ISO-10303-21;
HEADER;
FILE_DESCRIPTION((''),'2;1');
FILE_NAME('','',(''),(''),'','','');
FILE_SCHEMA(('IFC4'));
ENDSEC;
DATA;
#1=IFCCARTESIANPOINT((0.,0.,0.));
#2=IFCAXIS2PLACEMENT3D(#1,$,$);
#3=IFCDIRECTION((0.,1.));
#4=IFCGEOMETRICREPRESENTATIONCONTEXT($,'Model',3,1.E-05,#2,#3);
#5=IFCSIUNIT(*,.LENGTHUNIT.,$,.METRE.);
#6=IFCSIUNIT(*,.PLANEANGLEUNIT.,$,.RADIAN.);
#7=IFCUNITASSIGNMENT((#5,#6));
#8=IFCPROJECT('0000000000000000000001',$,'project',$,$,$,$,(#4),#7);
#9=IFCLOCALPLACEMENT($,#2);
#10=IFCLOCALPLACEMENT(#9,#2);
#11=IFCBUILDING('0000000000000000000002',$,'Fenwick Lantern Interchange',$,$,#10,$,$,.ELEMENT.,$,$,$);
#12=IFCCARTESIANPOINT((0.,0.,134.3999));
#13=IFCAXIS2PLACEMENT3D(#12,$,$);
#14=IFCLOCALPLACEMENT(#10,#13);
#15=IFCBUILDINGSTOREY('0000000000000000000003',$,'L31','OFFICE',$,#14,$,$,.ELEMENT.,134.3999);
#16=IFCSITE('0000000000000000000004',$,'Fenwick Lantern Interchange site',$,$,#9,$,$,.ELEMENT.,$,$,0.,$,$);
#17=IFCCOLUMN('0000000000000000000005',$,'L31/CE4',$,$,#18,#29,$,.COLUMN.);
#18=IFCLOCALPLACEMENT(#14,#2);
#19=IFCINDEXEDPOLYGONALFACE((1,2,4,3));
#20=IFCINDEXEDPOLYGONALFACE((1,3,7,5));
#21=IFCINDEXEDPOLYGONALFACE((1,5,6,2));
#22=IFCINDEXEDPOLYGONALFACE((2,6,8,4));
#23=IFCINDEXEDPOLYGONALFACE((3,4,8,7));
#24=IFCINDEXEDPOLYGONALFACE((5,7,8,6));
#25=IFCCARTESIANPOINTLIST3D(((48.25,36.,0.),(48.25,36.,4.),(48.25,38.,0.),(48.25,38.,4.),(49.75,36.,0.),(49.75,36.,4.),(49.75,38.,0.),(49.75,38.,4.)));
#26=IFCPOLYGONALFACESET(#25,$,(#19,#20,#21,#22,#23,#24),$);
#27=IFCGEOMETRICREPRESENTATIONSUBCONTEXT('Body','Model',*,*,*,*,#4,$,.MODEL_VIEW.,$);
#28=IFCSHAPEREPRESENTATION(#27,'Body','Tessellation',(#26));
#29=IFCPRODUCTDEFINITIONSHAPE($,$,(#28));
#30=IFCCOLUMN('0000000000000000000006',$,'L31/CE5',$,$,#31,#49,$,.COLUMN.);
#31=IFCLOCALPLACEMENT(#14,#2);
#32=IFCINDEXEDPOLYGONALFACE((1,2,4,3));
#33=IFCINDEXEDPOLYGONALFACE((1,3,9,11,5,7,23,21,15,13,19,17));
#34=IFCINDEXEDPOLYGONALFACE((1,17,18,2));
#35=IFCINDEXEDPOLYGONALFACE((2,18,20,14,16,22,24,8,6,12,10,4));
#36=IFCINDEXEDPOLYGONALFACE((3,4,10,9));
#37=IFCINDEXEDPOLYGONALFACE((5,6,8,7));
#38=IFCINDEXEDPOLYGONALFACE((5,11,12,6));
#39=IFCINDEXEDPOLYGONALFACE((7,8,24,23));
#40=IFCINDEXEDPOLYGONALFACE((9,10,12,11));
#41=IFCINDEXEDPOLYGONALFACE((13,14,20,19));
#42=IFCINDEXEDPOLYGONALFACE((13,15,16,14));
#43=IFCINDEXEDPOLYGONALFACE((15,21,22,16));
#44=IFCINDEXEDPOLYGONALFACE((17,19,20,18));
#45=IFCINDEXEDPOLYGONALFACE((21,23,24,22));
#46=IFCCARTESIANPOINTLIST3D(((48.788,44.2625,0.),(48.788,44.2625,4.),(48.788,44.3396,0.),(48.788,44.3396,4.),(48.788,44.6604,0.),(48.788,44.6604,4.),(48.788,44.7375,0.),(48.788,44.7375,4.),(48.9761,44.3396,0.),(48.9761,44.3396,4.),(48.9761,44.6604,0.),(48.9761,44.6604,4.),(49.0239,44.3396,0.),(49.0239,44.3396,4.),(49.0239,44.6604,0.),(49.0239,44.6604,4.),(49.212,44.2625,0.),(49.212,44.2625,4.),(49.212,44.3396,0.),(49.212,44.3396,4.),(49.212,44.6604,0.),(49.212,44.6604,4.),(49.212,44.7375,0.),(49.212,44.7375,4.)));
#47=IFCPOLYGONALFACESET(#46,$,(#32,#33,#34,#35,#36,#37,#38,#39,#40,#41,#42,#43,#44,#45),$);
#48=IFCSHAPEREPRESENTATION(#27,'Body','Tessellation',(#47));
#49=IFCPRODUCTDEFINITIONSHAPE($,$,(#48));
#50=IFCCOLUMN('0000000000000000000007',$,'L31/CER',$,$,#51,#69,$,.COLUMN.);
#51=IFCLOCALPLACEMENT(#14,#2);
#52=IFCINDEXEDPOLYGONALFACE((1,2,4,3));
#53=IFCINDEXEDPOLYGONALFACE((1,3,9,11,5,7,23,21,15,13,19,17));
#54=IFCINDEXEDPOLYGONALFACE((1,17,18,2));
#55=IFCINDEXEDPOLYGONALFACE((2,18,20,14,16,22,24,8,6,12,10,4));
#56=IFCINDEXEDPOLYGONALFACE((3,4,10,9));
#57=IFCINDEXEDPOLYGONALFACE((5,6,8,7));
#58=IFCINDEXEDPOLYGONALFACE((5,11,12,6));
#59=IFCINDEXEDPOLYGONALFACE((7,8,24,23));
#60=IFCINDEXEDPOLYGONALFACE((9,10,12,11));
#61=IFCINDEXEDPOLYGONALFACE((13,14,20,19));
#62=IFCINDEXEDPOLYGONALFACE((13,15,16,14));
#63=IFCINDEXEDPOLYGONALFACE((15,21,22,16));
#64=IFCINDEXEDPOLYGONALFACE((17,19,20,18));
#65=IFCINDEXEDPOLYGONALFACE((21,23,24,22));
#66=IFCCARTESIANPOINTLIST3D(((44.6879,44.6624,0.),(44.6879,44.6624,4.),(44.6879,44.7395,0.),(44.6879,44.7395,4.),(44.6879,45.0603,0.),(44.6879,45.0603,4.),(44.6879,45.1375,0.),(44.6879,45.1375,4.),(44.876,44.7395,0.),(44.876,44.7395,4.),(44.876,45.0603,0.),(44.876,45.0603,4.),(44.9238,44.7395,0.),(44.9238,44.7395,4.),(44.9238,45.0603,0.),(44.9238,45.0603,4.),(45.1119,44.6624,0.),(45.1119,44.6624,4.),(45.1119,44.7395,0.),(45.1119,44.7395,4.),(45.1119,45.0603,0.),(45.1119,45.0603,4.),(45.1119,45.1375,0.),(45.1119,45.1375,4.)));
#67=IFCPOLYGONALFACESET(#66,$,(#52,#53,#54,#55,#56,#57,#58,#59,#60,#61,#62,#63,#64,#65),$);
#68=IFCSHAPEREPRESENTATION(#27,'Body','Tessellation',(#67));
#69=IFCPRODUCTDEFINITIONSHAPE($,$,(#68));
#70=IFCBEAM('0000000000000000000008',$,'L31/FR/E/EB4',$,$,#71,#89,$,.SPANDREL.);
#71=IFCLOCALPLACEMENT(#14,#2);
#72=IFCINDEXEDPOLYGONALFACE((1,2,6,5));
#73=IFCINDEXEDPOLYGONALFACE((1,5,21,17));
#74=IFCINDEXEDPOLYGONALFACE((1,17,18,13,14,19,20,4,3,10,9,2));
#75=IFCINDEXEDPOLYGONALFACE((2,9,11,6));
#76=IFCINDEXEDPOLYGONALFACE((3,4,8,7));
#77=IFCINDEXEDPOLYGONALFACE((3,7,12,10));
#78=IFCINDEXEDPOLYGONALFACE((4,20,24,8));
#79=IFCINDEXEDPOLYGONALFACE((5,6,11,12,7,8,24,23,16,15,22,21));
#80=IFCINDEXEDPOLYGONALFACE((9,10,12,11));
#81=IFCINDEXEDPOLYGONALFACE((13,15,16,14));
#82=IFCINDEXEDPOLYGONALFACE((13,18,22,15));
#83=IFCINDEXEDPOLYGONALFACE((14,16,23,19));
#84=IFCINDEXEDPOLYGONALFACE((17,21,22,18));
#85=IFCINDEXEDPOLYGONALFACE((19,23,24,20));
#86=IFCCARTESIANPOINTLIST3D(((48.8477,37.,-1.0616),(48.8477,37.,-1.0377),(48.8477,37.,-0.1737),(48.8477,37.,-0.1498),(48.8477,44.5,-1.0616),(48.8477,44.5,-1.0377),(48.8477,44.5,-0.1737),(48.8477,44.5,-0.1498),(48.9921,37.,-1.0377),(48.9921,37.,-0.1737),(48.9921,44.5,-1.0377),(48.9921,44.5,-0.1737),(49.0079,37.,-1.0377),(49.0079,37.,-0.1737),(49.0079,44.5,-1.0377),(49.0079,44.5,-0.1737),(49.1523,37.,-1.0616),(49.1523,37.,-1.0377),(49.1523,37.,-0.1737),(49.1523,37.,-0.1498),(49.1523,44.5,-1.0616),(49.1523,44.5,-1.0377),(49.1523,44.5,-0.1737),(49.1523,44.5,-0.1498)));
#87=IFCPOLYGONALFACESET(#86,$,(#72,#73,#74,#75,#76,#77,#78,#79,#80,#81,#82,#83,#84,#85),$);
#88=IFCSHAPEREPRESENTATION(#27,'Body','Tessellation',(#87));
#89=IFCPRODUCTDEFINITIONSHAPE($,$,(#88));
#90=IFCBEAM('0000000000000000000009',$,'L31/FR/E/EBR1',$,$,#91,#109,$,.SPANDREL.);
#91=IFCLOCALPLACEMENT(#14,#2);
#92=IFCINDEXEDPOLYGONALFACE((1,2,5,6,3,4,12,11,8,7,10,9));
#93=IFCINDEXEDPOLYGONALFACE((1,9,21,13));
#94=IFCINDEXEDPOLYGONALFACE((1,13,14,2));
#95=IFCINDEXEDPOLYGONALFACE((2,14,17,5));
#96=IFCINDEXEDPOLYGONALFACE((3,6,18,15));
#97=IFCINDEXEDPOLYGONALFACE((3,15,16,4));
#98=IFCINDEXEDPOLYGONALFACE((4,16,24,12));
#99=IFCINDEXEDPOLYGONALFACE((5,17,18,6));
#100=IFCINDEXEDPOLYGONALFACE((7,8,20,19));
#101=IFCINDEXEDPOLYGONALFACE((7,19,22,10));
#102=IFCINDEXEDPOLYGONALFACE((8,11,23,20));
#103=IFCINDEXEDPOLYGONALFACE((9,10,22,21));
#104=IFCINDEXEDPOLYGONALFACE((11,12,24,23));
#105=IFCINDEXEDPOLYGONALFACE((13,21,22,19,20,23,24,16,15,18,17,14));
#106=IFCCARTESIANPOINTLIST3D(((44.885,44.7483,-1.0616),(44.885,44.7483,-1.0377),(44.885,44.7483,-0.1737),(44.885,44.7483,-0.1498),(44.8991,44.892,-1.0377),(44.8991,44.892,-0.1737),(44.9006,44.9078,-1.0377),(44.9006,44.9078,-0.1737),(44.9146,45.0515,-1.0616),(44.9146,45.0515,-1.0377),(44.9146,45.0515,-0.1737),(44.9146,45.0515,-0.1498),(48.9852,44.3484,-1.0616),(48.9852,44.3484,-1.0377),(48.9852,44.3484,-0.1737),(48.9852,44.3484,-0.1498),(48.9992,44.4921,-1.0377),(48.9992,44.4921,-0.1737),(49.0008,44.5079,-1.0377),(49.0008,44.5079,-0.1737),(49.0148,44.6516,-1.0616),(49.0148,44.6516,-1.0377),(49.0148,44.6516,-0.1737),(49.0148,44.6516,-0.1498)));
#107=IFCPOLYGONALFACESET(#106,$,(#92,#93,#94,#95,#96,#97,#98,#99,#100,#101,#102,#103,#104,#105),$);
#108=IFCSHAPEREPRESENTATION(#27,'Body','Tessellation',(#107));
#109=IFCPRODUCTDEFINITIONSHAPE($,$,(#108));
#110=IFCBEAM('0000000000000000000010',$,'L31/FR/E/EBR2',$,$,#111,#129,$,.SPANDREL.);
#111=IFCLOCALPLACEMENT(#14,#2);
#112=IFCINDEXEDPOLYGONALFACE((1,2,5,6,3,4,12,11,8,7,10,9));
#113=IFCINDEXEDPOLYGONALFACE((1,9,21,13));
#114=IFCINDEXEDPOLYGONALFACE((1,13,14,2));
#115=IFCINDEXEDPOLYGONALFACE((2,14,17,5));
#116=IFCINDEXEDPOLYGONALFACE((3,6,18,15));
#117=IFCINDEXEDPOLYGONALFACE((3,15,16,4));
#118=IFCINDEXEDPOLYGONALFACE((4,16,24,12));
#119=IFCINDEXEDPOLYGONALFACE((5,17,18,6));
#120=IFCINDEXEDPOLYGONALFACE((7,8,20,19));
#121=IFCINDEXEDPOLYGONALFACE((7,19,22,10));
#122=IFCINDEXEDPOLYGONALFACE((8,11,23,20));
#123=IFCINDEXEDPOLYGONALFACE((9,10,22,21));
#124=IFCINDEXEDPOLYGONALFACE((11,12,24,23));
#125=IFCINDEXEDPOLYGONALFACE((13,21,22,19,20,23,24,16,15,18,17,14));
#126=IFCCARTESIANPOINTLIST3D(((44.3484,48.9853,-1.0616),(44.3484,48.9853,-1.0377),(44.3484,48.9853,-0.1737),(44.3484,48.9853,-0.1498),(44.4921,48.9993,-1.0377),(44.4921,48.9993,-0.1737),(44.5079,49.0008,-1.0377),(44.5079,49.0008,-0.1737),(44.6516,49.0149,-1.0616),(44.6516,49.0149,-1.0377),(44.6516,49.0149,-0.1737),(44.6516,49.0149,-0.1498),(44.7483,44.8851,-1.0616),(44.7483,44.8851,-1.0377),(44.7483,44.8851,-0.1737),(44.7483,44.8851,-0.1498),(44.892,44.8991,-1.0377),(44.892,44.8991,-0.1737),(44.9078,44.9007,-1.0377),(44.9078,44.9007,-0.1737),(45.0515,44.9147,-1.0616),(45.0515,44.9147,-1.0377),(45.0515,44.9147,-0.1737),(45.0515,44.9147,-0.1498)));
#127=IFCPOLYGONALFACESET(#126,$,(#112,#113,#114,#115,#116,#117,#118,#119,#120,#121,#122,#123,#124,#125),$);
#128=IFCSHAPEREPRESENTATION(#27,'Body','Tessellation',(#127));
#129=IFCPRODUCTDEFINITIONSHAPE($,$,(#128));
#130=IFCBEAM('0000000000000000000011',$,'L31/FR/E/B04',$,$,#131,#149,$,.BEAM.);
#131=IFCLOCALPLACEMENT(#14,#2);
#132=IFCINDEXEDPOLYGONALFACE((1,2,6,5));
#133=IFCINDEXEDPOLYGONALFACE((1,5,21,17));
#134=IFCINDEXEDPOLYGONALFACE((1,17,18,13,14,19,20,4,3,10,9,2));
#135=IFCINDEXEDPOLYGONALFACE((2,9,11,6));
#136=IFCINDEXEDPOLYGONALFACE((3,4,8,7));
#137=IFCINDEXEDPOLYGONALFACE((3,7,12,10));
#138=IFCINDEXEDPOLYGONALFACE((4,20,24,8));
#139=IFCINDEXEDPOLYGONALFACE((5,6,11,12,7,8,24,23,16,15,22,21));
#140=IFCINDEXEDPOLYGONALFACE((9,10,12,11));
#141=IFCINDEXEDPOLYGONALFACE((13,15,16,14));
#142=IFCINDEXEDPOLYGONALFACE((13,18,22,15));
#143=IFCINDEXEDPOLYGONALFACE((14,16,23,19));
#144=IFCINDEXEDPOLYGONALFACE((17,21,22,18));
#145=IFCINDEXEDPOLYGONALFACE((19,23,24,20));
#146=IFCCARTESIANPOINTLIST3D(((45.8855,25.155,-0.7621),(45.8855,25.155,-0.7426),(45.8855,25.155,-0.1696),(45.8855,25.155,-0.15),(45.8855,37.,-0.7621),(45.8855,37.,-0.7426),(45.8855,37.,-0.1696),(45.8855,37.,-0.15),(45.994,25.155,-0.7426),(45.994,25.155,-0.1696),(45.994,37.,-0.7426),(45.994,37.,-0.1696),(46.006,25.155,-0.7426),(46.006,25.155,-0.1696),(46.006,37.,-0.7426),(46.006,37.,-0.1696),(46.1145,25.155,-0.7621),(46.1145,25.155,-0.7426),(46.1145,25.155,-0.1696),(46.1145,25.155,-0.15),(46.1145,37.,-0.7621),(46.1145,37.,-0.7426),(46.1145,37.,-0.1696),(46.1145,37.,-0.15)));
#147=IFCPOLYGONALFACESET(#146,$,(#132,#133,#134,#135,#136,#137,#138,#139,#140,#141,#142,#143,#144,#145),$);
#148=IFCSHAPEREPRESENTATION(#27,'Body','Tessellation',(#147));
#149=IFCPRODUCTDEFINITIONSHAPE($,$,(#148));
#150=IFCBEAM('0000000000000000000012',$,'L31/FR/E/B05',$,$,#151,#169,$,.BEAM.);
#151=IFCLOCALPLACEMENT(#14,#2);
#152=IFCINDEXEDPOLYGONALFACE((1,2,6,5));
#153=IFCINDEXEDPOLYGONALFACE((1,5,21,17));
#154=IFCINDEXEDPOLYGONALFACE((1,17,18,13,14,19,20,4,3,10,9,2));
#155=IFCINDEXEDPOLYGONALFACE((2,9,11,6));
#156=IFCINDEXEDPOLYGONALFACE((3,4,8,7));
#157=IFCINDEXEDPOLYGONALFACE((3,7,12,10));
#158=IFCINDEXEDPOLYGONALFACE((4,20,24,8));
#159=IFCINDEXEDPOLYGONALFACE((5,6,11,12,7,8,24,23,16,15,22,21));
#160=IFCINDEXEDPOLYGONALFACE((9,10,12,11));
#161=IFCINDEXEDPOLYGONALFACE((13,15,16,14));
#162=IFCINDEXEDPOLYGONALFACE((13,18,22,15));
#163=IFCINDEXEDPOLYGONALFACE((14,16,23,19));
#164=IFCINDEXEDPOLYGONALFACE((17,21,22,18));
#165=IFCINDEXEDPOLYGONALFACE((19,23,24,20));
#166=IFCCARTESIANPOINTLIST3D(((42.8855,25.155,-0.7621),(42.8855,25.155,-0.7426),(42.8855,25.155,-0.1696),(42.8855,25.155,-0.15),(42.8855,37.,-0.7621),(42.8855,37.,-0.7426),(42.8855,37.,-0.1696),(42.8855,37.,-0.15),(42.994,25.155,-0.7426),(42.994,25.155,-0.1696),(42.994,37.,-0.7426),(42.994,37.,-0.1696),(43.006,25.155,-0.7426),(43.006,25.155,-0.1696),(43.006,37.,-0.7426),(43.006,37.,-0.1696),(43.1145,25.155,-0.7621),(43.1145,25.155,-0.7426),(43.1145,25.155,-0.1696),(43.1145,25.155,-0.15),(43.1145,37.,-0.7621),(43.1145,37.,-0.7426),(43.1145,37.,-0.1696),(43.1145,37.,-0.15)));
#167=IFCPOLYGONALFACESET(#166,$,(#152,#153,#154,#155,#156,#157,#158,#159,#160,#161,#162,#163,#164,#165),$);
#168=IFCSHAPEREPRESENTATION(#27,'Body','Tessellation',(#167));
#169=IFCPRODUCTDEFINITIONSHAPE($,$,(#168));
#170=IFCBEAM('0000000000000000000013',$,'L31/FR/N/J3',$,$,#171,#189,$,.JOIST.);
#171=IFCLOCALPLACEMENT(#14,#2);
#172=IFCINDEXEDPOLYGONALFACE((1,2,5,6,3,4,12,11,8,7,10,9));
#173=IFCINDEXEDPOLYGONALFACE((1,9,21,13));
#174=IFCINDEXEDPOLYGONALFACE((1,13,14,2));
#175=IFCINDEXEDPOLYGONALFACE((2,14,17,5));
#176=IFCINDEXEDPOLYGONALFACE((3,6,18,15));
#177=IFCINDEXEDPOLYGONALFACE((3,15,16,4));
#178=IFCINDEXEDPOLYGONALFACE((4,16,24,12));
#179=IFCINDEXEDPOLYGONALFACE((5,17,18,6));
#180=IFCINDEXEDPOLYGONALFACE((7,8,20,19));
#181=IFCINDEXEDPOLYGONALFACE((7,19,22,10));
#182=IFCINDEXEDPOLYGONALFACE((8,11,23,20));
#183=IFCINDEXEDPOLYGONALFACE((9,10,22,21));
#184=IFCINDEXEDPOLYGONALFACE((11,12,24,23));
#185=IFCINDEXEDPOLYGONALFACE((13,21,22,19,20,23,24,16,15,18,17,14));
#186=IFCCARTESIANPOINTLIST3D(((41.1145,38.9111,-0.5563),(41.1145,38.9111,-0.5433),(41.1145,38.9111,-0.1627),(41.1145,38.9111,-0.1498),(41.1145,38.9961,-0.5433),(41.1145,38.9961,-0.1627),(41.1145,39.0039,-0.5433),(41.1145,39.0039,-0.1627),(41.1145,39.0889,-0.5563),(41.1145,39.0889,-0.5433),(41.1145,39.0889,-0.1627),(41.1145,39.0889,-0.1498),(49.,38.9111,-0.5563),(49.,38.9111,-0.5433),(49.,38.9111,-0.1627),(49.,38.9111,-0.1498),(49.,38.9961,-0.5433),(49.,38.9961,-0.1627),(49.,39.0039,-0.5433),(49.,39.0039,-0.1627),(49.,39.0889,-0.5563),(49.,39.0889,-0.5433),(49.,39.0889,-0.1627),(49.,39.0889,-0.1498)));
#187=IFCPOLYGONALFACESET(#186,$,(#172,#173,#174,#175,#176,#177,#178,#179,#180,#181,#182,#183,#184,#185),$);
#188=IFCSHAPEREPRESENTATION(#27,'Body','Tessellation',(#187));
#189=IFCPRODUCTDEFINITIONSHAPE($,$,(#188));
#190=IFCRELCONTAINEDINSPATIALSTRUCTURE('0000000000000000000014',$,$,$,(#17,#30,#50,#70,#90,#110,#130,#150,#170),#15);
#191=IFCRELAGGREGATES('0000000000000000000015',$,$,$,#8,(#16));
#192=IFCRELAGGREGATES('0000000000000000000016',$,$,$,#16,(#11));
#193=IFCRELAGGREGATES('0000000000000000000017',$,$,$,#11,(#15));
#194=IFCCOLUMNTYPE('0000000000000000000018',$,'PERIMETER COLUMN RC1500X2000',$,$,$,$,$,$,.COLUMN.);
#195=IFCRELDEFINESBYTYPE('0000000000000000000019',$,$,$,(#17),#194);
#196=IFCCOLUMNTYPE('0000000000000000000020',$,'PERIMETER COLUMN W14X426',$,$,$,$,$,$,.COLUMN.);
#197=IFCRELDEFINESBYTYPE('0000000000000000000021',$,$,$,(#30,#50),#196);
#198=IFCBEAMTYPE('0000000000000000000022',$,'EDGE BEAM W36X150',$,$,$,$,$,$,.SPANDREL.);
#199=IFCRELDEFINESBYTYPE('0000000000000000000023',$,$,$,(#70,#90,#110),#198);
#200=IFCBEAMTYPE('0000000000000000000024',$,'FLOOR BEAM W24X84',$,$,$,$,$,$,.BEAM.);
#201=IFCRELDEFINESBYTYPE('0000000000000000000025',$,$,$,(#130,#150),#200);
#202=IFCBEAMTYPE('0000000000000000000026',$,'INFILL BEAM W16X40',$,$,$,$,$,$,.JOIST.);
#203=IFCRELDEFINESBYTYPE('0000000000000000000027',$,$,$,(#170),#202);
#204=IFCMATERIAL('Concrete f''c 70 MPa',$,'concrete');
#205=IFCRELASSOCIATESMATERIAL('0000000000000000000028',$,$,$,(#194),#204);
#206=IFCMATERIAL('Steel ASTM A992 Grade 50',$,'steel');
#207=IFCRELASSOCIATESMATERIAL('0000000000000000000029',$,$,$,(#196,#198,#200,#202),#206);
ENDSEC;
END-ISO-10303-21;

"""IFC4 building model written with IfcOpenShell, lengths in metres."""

from ifc_helpers import new_model, si_unit, direction, frame, origin, origin_2d, place, context, subcontext, project, spatial, rectangle, i_section, extrude, material, material_profile, profile_set, type_object, element, save


model = new_model("IFC4")

# Units and contexts
model_context = context("Model", 3, precision=1e-05, world=origin(), true_north=direction((0.0, 1.0)))
body_context = subcontext(model_context, "Body", "Model", "MODEL_VIEW")
ifc_project = project(units=[si_unit("LENGTHUNIT", "METRE"), si_unit("PLANEANGLEUNIT", "RADIAN")], contexts=[model_context])

# Site, building, storey
site_placement = place(None, origin())
site = spatial("IfcSite", under=ifc_project, at=site_placement, Name="Fenwick Lantern Interchange site", CompositionType="ELEMENT", RefElevation=0.0)
building_placement = place(site_placement, origin())
building = spatial("IfcBuilding", under=site, at=building_placement, Name="Fenwick Lantern Interchange", CompositionType="ELEMENT")
storey_placement = place(building_placement, frame((0.0, 0.0, 134.3999)))
storey = spatial("IfcBuildingStorey", under=building, at=storey_placement, Name="L31", Description="OFFICE", CompositionType="ELEMENT", Elevation=134.3999)

# Columns
ifc_material_1 = material(Name="Concrete f'c 70 MPa", Category="concrete")
ifc_material_profile_1 = material_profile(ifc_material_1, rectangle(XDim=1.5, YDim=2.0, at=origin_2d()), Name="RC1500X2000")
ifc_profile_set_1 = profile_set([ifc_material_profile_1], Name="Concrete f'c 70 MPa")
column_type_1 = type_object("IfcColumnType", Name="PERIMETER COLUMN RC1500X2000", PredefinedType="COLUMN", material=ifc_profile_set_1)
column_placement = place(storey_placement, frame((49.0, 37.0, 0.0), z_axis=(0.0, 0.0, 1.0), x_axis=(1.0, 0.0, 0.0)))
element("IfcColumn", 1, at=column_placement, inside=storey, type_object=column_type_1, Name="L31/CE4", PredefinedType="COLUMN", context=body_context, shape_type="SweptSolid", body=[
    extrude(rectangle(XDim=1.5, YDim=2.0, at=origin_2d()), origin(), (0.0, 0.0, 1.0), 4.0),
])
ifc_material_2 = material(Name="Steel ASTM A992 Grade 50", Category="steel")
ifc_material_profile_2 = material_profile(ifc_material_2, i_section(OverallWidth=0.4241, OverallDepth=0.4751, WebThickness=0.0479, FlangeThickness=0.0771, at=origin_2d()), Name="W14X426")
ifc_profile_set_2 = profile_set([ifc_material_profile_2], Name="Steel ASTM A992 Grade 50")
column_type_2 = type_object("IfcColumnType", Name="PERIMETER COLUMN W14X426", PredefinedType="COLUMN", material=ifc_profile_set_2)
for number, where, z_axis, x_axis, name in (
    (2, (49.0, 44.5, 0.0), (0.0, 0.0, 1.0), (1.0, 0.0, 0.0), "L31/CE5"),
    (3, (44.8999, 44.8999, 0.0), (0.0, 0.0, 1.0), (1.0, 0.0, 0.0), "L31/CER"),
):
    element("IfcColumn", number, at=place(storey_placement, frame(where, z_axis=z_axis, x_axis=x_axis)), inside=storey, type_object=column_type_2, Name=name, PredefinedType="COLUMN", context=body_context, shape_type="SweptSolid", body=[
        extrude(i_section(OverallWidth=0.4241, OverallDepth=0.4751, WebThickness=0.0479, FlangeThickness=0.0771, at=origin_2d()), origin(), (0.0, 0.0, 1.0), 4.0),
    ])

# Beams
ifc_material_profile_3 = material_profile(ifc_material_2, i_section(OverallWidth=0.3047, OverallDepth=0.9119, WebThickness=0.0159, FlangeThickness=0.0239, at=origin_2d()), Name="W36X150")
ifc_profile_set_3 = profile_set([ifc_material_profile_3], Name="Steel ASTM A992 Grade 50")
beam_type_1 = type_object("IfcBeamType", Name="EDGE BEAM W36X150", PredefinedType="SPANDREL", material=ifc_profile_set_3)
beam_1_placement = place(storey_placement, frame((49.0, 37.0, -0.6057), z_axis=(0.0, 1.0, 0.0), x_axis=(-1.0, 0.0, 0.0)))
element("IfcBeam", 4, at=beam_1_placement, inside=storey, type_object=beam_type_1, Name="L31/FR/E/EB4", PredefinedType="SPANDREL", context=body_context, shape_type="SweptSolid", body=[
    extrude(i_section(OverallWidth=0.3047, OverallDepth=0.9119, WebThickness=0.0159, FlangeThickness=0.0239, at=origin_2d()), origin(), (0.0, 0.0, 1.0), 7.5),
])
for number, where, z_axis, x_axis, name in (
    (5, (49.0, 44.5, -0.6057), (-0.995277, 0.097074, 0.0), (-0.097074, -0.995277, 0.0), "L31/FR/E/EBR1"),
    (6, (44.8999, 44.8999, -0.6057), (-0.097074, 0.995277, 0.0), (-0.995277, -0.097074, 0.0), "L31/FR/E/EBR2"),
):
    element("IfcBeam", number, at=place(storey_placement, frame(where, z_axis=z_axis, x_axis=x_axis)), inside=storey, type_object=beam_type_1, Name=name, PredefinedType="SPANDREL", context=body_context, shape_type="SweptSolid", body=[
        extrude(i_section(OverallWidth=0.3047, OverallDepth=0.9119, WebThickness=0.0159, FlangeThickness=0.0239, at=origin_2d()), origin(), (0.0, 0.0, 1.0), 4.1196),
    ])
ifc_material_profile_4 = material_profile(ifc_material_2, i_section(OverallWidth=0.229, OverallDepth=0.6121, WebThickness=0.012, FlangeThickness=0.0195, at=origin_2d()), Name="W24X84")
ifc_profile_set_4 = profile_set([ifc_material_profile_4], Name="Steel ASTM A992 Grade 50")
beam_type_2 = type_object("IfcBeamType", Name="FLOOR BEAM W24X84", PredefinedType="BEAM", material=ifc_profile_set_4)
for number, where, z_axis, x_axis, name in (
    (7, (46.0, 25.155, -0.4561), (0.0, 1.0, 0.0), (-1.0, 0.0, 0.0), "L31/FR/E/B04"),
    (8, (43.0, 25.155, -0.4561), (0.0, 1.0, 0.0), (-1.0, 0.0, 0.0), "L31/FR/E/B05"),
):
    element("IfcBeam", number, at=place(storey_placement, frame(where, z_axis=z_axis, x_axis=x_axis)), inside=storey, type_object=beam_type_2, Name=name, PredefinedType="BEAM", context=body_context, shape_type="SweptSolid", body=[
        extrude(i_section(OverallWidth=0.229, OverallDepth=0.6121, WebThickness=0.012, FlangeThickness=0.0195, at=origin_2d()), origin(), (0.0, 0.0, 1.0), 11.845),
    ])
ifc_material_profile_5 = material_profile(ifc_material_2, i_section(OverallWidth=0.1777, OverallDepth=0.4065, WebThickness=0.0078, FlangeThickness=0.0129, at=origin_2d()), Name="W16X40")
ifc_profile_set_5 = profile_set([ifc_material_profile_5], Name="Steel ASTM A992 Grade 50")
beam_type_3 = type_object("IfcBeamType", Name="INFILL BEAM W16X40", PredefinedType="JOIST", material=ifc_profile_set_5)
beam_2_placement = place(storey_placement, frame((49.0, 39.0, -0.353), z_axis=(-1.0, 0.0, 0.0), x_axis=(0.0, -1.0, 0.0)))
element("IfcBeam", 9, at=beam_2_placement, inside=storey, type_object=beam_type_3, Name="L31/FR/N/J3", PredefinedType="JOIST", context=body_context, shape_type="SweptSolid", body=[
    extrude(i_section(OverallWidth=0.1777, OverallDepth=0.4065, WebThickness=0.0078, FlangeThickness=0.0129, at=origin_2d()), origin(), (0.0, 0.0, 1.0), 7.8855),
])

save(model, "model.ifc")
